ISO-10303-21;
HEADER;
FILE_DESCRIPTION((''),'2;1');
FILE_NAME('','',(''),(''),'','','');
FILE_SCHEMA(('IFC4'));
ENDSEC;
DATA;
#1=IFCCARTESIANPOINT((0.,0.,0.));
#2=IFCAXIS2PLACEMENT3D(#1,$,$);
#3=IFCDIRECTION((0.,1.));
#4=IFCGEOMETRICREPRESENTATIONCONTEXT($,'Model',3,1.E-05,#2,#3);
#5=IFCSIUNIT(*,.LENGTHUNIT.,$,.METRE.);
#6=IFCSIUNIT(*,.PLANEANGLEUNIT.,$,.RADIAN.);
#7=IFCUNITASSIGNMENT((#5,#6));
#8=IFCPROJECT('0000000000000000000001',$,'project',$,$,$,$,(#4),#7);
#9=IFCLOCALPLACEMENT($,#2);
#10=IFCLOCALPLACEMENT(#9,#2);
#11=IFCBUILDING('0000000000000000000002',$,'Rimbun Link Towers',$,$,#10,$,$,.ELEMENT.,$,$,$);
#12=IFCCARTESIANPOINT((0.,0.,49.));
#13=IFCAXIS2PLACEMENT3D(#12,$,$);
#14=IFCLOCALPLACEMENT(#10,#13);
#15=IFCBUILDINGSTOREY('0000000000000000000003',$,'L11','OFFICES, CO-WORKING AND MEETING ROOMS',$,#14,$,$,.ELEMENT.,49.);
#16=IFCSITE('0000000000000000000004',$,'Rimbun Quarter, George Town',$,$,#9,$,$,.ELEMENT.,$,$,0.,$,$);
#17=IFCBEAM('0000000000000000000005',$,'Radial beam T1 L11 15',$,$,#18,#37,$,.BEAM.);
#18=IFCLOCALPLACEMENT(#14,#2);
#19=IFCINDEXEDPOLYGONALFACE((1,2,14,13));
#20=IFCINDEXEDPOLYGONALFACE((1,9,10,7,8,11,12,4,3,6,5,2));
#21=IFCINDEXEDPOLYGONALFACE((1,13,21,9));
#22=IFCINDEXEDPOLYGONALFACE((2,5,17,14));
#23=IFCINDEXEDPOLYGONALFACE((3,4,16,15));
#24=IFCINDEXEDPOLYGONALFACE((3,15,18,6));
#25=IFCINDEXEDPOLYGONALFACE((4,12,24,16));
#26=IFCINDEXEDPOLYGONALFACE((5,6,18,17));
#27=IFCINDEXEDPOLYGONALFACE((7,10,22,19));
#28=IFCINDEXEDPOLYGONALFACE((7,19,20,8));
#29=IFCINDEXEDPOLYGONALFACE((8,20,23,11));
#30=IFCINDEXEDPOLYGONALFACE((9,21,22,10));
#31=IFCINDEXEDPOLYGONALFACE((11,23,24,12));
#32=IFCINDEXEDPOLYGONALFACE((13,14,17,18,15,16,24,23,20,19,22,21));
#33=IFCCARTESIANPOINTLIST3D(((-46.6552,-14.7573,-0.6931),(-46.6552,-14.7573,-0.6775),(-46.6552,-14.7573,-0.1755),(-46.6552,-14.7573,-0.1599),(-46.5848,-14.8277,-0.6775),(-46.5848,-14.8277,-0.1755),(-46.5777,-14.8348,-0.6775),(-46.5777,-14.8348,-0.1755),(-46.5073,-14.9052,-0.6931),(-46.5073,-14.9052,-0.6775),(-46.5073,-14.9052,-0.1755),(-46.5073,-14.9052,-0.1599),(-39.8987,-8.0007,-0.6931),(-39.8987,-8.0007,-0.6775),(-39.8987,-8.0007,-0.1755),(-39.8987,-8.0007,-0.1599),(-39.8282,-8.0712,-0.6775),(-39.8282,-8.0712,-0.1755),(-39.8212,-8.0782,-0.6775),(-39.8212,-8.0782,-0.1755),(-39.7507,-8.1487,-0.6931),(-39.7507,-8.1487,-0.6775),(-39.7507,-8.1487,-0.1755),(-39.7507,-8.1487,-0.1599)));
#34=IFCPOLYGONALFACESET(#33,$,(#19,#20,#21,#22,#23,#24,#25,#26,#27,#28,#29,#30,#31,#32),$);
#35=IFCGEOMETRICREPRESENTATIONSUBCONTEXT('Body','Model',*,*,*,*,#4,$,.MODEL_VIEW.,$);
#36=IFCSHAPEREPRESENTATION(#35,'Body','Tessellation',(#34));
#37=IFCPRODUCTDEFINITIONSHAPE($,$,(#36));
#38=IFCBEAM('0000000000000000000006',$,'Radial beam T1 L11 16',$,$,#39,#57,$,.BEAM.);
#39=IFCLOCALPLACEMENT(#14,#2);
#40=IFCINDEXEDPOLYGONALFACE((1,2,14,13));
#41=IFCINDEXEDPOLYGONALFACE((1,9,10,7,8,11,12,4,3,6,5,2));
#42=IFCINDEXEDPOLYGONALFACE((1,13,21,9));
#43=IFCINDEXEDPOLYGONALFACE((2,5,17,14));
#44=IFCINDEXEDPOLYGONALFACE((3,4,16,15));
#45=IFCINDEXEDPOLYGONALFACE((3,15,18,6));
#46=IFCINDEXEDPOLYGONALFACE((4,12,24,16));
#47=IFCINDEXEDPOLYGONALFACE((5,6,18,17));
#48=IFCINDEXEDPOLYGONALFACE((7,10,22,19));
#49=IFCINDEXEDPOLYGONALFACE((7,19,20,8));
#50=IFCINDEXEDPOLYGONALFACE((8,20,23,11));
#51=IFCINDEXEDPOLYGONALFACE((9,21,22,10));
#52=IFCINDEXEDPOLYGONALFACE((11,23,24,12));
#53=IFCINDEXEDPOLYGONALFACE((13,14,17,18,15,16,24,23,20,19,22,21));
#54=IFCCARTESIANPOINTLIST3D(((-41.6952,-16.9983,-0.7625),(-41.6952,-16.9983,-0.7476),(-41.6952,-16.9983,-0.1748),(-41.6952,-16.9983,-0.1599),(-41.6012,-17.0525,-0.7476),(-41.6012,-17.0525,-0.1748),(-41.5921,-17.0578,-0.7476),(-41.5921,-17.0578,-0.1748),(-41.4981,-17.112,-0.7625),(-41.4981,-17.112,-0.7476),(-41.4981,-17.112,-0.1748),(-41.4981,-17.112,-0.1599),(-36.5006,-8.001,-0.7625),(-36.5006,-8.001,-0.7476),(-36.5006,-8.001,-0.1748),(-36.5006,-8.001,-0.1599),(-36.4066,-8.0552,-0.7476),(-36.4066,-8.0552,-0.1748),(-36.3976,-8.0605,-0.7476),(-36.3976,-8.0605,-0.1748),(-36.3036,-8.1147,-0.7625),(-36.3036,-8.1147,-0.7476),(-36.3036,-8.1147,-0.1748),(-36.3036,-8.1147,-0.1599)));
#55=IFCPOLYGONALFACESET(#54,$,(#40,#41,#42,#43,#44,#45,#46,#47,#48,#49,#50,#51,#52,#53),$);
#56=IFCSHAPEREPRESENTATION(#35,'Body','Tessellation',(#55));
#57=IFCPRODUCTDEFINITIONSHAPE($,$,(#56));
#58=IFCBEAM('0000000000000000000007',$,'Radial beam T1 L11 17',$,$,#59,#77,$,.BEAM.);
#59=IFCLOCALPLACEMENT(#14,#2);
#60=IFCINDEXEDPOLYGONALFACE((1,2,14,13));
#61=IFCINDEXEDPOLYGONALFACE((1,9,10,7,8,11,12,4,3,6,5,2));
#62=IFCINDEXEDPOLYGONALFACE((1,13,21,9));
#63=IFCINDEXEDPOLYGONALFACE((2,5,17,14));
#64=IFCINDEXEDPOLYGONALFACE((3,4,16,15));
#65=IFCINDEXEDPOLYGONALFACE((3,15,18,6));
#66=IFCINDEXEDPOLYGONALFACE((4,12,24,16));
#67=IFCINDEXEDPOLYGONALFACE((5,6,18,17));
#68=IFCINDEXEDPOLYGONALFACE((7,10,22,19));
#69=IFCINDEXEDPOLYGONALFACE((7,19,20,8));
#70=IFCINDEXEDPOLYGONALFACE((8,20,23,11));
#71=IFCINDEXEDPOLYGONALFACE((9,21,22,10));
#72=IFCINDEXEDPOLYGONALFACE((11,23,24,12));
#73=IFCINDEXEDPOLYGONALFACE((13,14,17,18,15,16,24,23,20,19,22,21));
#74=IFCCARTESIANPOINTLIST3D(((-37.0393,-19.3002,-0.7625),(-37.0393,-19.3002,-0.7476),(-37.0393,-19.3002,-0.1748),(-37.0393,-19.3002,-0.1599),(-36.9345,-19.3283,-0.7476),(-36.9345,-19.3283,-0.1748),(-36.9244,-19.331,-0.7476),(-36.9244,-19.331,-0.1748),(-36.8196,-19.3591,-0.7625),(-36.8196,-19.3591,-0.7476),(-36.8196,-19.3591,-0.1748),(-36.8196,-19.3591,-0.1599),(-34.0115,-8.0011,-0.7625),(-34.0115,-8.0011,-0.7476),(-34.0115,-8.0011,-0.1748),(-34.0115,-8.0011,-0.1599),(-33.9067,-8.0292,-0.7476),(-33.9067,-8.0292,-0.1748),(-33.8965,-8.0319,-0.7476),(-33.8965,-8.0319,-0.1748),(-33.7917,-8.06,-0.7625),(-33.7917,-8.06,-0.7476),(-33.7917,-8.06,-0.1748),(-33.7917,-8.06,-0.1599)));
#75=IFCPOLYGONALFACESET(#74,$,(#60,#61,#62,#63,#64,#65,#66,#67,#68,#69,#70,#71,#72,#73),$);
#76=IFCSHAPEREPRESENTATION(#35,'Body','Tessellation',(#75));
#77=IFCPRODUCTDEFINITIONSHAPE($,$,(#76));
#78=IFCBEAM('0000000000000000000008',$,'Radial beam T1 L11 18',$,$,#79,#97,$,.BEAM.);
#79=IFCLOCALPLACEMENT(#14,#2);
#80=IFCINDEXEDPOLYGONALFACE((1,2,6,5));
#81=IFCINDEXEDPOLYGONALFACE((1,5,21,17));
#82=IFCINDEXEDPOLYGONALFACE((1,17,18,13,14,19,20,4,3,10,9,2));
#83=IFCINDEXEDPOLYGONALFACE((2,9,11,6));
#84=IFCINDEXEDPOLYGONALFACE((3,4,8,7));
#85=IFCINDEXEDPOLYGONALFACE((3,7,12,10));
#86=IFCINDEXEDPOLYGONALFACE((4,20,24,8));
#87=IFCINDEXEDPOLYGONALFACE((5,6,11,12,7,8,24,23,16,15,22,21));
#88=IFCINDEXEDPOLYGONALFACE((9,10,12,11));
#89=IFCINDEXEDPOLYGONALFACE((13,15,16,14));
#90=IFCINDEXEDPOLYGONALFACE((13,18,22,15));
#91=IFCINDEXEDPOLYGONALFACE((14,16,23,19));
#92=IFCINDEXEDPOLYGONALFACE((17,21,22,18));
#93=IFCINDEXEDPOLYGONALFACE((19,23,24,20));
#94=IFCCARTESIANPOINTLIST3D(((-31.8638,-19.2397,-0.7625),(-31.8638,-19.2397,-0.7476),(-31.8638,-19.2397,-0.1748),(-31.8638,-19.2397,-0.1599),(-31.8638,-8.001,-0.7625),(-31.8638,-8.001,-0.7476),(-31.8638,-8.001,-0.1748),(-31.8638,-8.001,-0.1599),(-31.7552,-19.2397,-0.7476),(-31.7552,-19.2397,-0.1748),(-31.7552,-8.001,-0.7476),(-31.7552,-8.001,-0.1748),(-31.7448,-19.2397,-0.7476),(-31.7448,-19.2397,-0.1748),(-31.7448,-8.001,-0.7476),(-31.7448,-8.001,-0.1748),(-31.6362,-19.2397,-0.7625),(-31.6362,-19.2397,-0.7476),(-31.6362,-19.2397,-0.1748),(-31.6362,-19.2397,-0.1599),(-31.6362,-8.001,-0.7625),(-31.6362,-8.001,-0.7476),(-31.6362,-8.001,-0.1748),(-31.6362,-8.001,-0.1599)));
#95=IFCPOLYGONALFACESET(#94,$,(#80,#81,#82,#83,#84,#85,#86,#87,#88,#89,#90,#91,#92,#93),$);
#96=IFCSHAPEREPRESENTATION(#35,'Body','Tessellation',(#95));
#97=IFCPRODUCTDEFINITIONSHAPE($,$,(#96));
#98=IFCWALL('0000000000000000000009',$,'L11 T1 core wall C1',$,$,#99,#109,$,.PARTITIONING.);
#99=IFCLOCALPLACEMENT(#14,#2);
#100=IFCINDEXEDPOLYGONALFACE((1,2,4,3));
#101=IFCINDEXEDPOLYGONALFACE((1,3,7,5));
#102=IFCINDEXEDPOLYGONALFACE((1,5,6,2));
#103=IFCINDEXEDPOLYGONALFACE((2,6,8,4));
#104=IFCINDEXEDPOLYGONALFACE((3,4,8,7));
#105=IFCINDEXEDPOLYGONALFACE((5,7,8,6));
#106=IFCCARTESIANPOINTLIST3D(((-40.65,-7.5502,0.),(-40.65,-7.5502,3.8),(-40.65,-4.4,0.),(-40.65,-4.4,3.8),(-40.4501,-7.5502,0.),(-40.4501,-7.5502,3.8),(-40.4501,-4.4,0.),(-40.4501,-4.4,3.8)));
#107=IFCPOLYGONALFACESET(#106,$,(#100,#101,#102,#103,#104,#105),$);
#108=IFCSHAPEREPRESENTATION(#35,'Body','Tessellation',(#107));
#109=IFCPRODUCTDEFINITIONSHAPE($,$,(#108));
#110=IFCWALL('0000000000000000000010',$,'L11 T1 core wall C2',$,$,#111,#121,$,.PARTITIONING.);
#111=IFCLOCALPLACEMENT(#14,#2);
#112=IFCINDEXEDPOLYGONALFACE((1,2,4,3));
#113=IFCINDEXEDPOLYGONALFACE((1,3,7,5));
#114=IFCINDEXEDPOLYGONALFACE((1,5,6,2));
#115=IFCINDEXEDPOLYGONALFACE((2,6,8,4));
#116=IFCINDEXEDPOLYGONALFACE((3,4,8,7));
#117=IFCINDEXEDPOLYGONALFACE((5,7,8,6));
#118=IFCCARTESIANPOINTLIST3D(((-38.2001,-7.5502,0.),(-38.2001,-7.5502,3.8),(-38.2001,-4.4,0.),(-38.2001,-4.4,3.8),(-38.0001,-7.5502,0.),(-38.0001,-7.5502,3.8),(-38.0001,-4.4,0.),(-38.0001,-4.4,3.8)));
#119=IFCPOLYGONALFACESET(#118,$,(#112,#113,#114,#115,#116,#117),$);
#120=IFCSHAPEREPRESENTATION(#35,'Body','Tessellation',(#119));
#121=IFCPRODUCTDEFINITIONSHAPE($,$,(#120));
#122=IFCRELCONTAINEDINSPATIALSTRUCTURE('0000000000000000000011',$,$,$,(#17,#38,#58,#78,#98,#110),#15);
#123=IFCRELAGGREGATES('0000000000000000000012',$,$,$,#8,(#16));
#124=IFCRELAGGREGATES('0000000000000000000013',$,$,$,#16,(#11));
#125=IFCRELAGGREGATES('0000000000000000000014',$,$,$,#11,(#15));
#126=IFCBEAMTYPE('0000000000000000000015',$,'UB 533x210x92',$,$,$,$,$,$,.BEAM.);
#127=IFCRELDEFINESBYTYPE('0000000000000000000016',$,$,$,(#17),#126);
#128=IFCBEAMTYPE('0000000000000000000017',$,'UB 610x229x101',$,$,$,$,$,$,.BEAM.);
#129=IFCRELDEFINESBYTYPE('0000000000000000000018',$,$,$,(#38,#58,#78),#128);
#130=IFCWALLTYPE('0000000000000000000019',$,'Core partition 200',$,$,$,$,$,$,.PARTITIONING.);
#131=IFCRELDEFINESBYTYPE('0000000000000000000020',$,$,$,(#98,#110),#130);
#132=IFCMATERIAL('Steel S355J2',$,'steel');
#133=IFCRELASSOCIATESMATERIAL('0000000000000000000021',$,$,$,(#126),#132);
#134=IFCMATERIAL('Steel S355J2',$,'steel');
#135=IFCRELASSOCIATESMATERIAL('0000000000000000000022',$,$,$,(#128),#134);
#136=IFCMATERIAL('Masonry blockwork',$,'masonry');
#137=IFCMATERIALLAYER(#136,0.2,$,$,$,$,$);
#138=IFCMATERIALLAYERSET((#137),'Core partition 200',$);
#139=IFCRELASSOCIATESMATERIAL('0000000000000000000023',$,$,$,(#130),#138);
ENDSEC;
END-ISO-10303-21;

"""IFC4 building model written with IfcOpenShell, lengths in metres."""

from ifc_helpers import new_model, si_unit, direction, frame, frame_2d, origin, origin_2d, place, context, subcontext, project, spatial, rectangle, i_section, extrude, material, layer, layer_set, material_profile, profile_set, type_object, element, save


model = new_model("IFC4")

# Units and contexts
model_context = context("Model", 3, precision=1e-05, world=origin(), true_north=direction((0.0, 1.0)))
body_context = subcontext(model_context, "Body", "Model", "MODEL_VIEW")
ifc_project = project(units=[si_unit("LENGTHUNIT", "METRE"), si_unit("PLANEANGLEUNIT", "RADIAN")], contexts=[model_context])

# Site, building, storey
site_placement = place(None, origin())
site = spatial("IfcSite", under=ifc_project, at=site_placement, Name="Rimbun Quarter, George Town", CompositionType="ELEMENT", RefElevation=0.0)
building_placement = place(site_placement, origin())
building = spatial("IfcBuilding", under=site, at=building_placement, Name="Rimbun Link Towers", CompositionType="ELEMENT")
storey_placement = place(building_placement, frame((0.0, 0.0, 49.0)))
storey = spatial("IfcBuildingStorey", under=building, at=storey_placement, Name="L11", Description="OFFICES, CO-WORKING AND MEETING ROOMS", CompositionType="ELEMENT", Elevation=49.0)

# Beams
ifc_material_1 = material(Name="Steel S355J2", Category="steel")
ifc_material_profile_1 = material_profile(ifc_material_1, i_section(OverallWidth=0.2092, OverallDepth=0.5332, WebThickness=0.01, FlangeThickness=0.0156, at=origin_2d()), Name="UB 533x210x92")
ifc_profile_set_1 = profile_set([ifc_material_profile_1], Name="Steel S355J2")
beam_type_1 = type_object("IfcBeamType", Name="UB 533x210x92", PredefinedType="BEAM", material=ifc_profile_set_1)
beam_1_placement = place(storey_placement, frame((-39.8247, -8.0747, -0.4265), z_axis=(-0.707107, -0.707107, 0.0), x_axis=(0.707107, -0.707107, 0.0)))
element("IfcBeam", 1, at=beam_1_placement, inside=storey, type_object=beam_type_1, Name="Radial beam T1 L11 15", PredefinedType="BEAM", context=body_context, shape_type="SweptSolid", body=[
    extrude(i_section(OverallWidth=0.2092, OverallDepth=0.5332, WebThickness=0.01, FlangeThickness=0.0156, at=origin_2d()), origin(), (0.0, 0.0, 1.0), 9.5552),
])
ifc_material_2 = material(Name="Steel S355J2", Category="steel")
ifc_material_profile_2 = material_profile(ifc_material_2, i_section(OverallWidth=0.2275, OverallDepth=0.6025, WebThickness=0.0105, FlangeThickness=0.0149, at=origin_2d()), Name="UB 610x229x101")
ifc_profile_set_2 = profile_set([ifc_material_profile_2], Name="Steel S355J2")
beam_type_2 = type_object("IfcBeamType", Name="UB 610x229x101", PredefinedType="BEAM", material=ifc_profile_set_2)
beam_2_placement = place(storey_placement, frame((-36.4021, -8.0579, -0.4612), z_axis=(-0.499998, -0.866026, 0.0), x_axis=(0.866026, -0.499998, 0.0)))
element("IfcBeam", 2, at=beam_2_placement, inside=storey, type_object=beam_type_2, Name="Radial beam T1 L11 16", PredefinedType="BEAM", context=body_context, shape_type="SweptSolid", body=[
    extrude(i_section(OverallWidth=0.2275, OverallDepth=0.6025, WebThickness=0.0105, FlangeThickness=0.0149, at=origin_2d()), origin(), (0.0, 0.0, 1.0), 10.3892),
])
beam_3_placement = place(storey_placement, frame((-33.9016, -8.0305, -0.4612), z_axis=(-0.258839, -0.96592, 0.0), x_axis=(0.96592, -0.258839, 0.0)))
element("IfcBeam", 3, at=beam_3_placement, inside=storey, type_object=beam_type_2, Name="Radial beam T1 L11 17", PredefinedType="BEAM", context=body_context, shape_type="SweptSolid", body=[
    extrude(i_section(OverallWidth=0.2275, OverallDepth=0.6025, WebThickness=0.0105, FlangeThickness=0.0149, at=origin_2d()), origin(), (0.0, 0.0, 1.0), 11.6978),
])
beam_4_placement = place(storey_placement, frame((-31.75, -8.001, -0.4612), z_axis=(0.0, -1.0, 0.0), x_axis=(1.0, 0.0, 0.0)))
element("IfcBeam", 4, at=beam_4_placement, inside=storey, type_object=beam_type_2, Name="Radial beam T1 L11 18", PredefinedType="BEAM", context=body_context, shape_type="SweptSolid", body=[
    extrude(i_section(OverallWidth=0.2275, OverallDepth=0.6025, WebThickness=0.0105, FlangeThickness=0.0149, at=origin_2d()), origin(), (0.0, 0.0, 1.0), 11.2388),
])

# Walls
ifc_material_3 = material(Name="Masonry blockwork", Category="masonry")
ifc_layer_1 = layer(ifc_material_3, 0.2)
ifc_layer_set_1 = layer_set([ifc_layer_1], Name="Core partition 200")
wall_type_1 = type_object("IfcWallType", Name="Core partition 200", PredefinedType="PARTITIONING", material=ifc_layer_set_1)
for number, where, z_axis, x_axis, name in (
    (5, (-40.55, -4.3999, 0.0), (0.0, 0.0, 1.0), (0.0, -1.0, 0.0), "L11 T1 core wall C1"),
    (6, (-38.1001, -4.3999, 0.0), (0.0, 0.0, 1.0), (0.0, -1.0, 0.0), "L11 T1 core wall C2"),
):
    element("IfcWall", number, at=place(storey_placement, frame(where, z_axis=z_axis, x_axis=x_axis)), inside=storey, type_object=wall_type_1, Name=name, PredefinedType="PARTITIONING", context=body_context, shape_type="SweptSolid", body=[
        extrude(rectangle(XDim=3.1501, YDim=0.2, at=frame_2d((1.5752, 0.0))), origin(), (0.0, 0.0, 1.0), 3.8),
    ])

save(model, "model.ifc")
